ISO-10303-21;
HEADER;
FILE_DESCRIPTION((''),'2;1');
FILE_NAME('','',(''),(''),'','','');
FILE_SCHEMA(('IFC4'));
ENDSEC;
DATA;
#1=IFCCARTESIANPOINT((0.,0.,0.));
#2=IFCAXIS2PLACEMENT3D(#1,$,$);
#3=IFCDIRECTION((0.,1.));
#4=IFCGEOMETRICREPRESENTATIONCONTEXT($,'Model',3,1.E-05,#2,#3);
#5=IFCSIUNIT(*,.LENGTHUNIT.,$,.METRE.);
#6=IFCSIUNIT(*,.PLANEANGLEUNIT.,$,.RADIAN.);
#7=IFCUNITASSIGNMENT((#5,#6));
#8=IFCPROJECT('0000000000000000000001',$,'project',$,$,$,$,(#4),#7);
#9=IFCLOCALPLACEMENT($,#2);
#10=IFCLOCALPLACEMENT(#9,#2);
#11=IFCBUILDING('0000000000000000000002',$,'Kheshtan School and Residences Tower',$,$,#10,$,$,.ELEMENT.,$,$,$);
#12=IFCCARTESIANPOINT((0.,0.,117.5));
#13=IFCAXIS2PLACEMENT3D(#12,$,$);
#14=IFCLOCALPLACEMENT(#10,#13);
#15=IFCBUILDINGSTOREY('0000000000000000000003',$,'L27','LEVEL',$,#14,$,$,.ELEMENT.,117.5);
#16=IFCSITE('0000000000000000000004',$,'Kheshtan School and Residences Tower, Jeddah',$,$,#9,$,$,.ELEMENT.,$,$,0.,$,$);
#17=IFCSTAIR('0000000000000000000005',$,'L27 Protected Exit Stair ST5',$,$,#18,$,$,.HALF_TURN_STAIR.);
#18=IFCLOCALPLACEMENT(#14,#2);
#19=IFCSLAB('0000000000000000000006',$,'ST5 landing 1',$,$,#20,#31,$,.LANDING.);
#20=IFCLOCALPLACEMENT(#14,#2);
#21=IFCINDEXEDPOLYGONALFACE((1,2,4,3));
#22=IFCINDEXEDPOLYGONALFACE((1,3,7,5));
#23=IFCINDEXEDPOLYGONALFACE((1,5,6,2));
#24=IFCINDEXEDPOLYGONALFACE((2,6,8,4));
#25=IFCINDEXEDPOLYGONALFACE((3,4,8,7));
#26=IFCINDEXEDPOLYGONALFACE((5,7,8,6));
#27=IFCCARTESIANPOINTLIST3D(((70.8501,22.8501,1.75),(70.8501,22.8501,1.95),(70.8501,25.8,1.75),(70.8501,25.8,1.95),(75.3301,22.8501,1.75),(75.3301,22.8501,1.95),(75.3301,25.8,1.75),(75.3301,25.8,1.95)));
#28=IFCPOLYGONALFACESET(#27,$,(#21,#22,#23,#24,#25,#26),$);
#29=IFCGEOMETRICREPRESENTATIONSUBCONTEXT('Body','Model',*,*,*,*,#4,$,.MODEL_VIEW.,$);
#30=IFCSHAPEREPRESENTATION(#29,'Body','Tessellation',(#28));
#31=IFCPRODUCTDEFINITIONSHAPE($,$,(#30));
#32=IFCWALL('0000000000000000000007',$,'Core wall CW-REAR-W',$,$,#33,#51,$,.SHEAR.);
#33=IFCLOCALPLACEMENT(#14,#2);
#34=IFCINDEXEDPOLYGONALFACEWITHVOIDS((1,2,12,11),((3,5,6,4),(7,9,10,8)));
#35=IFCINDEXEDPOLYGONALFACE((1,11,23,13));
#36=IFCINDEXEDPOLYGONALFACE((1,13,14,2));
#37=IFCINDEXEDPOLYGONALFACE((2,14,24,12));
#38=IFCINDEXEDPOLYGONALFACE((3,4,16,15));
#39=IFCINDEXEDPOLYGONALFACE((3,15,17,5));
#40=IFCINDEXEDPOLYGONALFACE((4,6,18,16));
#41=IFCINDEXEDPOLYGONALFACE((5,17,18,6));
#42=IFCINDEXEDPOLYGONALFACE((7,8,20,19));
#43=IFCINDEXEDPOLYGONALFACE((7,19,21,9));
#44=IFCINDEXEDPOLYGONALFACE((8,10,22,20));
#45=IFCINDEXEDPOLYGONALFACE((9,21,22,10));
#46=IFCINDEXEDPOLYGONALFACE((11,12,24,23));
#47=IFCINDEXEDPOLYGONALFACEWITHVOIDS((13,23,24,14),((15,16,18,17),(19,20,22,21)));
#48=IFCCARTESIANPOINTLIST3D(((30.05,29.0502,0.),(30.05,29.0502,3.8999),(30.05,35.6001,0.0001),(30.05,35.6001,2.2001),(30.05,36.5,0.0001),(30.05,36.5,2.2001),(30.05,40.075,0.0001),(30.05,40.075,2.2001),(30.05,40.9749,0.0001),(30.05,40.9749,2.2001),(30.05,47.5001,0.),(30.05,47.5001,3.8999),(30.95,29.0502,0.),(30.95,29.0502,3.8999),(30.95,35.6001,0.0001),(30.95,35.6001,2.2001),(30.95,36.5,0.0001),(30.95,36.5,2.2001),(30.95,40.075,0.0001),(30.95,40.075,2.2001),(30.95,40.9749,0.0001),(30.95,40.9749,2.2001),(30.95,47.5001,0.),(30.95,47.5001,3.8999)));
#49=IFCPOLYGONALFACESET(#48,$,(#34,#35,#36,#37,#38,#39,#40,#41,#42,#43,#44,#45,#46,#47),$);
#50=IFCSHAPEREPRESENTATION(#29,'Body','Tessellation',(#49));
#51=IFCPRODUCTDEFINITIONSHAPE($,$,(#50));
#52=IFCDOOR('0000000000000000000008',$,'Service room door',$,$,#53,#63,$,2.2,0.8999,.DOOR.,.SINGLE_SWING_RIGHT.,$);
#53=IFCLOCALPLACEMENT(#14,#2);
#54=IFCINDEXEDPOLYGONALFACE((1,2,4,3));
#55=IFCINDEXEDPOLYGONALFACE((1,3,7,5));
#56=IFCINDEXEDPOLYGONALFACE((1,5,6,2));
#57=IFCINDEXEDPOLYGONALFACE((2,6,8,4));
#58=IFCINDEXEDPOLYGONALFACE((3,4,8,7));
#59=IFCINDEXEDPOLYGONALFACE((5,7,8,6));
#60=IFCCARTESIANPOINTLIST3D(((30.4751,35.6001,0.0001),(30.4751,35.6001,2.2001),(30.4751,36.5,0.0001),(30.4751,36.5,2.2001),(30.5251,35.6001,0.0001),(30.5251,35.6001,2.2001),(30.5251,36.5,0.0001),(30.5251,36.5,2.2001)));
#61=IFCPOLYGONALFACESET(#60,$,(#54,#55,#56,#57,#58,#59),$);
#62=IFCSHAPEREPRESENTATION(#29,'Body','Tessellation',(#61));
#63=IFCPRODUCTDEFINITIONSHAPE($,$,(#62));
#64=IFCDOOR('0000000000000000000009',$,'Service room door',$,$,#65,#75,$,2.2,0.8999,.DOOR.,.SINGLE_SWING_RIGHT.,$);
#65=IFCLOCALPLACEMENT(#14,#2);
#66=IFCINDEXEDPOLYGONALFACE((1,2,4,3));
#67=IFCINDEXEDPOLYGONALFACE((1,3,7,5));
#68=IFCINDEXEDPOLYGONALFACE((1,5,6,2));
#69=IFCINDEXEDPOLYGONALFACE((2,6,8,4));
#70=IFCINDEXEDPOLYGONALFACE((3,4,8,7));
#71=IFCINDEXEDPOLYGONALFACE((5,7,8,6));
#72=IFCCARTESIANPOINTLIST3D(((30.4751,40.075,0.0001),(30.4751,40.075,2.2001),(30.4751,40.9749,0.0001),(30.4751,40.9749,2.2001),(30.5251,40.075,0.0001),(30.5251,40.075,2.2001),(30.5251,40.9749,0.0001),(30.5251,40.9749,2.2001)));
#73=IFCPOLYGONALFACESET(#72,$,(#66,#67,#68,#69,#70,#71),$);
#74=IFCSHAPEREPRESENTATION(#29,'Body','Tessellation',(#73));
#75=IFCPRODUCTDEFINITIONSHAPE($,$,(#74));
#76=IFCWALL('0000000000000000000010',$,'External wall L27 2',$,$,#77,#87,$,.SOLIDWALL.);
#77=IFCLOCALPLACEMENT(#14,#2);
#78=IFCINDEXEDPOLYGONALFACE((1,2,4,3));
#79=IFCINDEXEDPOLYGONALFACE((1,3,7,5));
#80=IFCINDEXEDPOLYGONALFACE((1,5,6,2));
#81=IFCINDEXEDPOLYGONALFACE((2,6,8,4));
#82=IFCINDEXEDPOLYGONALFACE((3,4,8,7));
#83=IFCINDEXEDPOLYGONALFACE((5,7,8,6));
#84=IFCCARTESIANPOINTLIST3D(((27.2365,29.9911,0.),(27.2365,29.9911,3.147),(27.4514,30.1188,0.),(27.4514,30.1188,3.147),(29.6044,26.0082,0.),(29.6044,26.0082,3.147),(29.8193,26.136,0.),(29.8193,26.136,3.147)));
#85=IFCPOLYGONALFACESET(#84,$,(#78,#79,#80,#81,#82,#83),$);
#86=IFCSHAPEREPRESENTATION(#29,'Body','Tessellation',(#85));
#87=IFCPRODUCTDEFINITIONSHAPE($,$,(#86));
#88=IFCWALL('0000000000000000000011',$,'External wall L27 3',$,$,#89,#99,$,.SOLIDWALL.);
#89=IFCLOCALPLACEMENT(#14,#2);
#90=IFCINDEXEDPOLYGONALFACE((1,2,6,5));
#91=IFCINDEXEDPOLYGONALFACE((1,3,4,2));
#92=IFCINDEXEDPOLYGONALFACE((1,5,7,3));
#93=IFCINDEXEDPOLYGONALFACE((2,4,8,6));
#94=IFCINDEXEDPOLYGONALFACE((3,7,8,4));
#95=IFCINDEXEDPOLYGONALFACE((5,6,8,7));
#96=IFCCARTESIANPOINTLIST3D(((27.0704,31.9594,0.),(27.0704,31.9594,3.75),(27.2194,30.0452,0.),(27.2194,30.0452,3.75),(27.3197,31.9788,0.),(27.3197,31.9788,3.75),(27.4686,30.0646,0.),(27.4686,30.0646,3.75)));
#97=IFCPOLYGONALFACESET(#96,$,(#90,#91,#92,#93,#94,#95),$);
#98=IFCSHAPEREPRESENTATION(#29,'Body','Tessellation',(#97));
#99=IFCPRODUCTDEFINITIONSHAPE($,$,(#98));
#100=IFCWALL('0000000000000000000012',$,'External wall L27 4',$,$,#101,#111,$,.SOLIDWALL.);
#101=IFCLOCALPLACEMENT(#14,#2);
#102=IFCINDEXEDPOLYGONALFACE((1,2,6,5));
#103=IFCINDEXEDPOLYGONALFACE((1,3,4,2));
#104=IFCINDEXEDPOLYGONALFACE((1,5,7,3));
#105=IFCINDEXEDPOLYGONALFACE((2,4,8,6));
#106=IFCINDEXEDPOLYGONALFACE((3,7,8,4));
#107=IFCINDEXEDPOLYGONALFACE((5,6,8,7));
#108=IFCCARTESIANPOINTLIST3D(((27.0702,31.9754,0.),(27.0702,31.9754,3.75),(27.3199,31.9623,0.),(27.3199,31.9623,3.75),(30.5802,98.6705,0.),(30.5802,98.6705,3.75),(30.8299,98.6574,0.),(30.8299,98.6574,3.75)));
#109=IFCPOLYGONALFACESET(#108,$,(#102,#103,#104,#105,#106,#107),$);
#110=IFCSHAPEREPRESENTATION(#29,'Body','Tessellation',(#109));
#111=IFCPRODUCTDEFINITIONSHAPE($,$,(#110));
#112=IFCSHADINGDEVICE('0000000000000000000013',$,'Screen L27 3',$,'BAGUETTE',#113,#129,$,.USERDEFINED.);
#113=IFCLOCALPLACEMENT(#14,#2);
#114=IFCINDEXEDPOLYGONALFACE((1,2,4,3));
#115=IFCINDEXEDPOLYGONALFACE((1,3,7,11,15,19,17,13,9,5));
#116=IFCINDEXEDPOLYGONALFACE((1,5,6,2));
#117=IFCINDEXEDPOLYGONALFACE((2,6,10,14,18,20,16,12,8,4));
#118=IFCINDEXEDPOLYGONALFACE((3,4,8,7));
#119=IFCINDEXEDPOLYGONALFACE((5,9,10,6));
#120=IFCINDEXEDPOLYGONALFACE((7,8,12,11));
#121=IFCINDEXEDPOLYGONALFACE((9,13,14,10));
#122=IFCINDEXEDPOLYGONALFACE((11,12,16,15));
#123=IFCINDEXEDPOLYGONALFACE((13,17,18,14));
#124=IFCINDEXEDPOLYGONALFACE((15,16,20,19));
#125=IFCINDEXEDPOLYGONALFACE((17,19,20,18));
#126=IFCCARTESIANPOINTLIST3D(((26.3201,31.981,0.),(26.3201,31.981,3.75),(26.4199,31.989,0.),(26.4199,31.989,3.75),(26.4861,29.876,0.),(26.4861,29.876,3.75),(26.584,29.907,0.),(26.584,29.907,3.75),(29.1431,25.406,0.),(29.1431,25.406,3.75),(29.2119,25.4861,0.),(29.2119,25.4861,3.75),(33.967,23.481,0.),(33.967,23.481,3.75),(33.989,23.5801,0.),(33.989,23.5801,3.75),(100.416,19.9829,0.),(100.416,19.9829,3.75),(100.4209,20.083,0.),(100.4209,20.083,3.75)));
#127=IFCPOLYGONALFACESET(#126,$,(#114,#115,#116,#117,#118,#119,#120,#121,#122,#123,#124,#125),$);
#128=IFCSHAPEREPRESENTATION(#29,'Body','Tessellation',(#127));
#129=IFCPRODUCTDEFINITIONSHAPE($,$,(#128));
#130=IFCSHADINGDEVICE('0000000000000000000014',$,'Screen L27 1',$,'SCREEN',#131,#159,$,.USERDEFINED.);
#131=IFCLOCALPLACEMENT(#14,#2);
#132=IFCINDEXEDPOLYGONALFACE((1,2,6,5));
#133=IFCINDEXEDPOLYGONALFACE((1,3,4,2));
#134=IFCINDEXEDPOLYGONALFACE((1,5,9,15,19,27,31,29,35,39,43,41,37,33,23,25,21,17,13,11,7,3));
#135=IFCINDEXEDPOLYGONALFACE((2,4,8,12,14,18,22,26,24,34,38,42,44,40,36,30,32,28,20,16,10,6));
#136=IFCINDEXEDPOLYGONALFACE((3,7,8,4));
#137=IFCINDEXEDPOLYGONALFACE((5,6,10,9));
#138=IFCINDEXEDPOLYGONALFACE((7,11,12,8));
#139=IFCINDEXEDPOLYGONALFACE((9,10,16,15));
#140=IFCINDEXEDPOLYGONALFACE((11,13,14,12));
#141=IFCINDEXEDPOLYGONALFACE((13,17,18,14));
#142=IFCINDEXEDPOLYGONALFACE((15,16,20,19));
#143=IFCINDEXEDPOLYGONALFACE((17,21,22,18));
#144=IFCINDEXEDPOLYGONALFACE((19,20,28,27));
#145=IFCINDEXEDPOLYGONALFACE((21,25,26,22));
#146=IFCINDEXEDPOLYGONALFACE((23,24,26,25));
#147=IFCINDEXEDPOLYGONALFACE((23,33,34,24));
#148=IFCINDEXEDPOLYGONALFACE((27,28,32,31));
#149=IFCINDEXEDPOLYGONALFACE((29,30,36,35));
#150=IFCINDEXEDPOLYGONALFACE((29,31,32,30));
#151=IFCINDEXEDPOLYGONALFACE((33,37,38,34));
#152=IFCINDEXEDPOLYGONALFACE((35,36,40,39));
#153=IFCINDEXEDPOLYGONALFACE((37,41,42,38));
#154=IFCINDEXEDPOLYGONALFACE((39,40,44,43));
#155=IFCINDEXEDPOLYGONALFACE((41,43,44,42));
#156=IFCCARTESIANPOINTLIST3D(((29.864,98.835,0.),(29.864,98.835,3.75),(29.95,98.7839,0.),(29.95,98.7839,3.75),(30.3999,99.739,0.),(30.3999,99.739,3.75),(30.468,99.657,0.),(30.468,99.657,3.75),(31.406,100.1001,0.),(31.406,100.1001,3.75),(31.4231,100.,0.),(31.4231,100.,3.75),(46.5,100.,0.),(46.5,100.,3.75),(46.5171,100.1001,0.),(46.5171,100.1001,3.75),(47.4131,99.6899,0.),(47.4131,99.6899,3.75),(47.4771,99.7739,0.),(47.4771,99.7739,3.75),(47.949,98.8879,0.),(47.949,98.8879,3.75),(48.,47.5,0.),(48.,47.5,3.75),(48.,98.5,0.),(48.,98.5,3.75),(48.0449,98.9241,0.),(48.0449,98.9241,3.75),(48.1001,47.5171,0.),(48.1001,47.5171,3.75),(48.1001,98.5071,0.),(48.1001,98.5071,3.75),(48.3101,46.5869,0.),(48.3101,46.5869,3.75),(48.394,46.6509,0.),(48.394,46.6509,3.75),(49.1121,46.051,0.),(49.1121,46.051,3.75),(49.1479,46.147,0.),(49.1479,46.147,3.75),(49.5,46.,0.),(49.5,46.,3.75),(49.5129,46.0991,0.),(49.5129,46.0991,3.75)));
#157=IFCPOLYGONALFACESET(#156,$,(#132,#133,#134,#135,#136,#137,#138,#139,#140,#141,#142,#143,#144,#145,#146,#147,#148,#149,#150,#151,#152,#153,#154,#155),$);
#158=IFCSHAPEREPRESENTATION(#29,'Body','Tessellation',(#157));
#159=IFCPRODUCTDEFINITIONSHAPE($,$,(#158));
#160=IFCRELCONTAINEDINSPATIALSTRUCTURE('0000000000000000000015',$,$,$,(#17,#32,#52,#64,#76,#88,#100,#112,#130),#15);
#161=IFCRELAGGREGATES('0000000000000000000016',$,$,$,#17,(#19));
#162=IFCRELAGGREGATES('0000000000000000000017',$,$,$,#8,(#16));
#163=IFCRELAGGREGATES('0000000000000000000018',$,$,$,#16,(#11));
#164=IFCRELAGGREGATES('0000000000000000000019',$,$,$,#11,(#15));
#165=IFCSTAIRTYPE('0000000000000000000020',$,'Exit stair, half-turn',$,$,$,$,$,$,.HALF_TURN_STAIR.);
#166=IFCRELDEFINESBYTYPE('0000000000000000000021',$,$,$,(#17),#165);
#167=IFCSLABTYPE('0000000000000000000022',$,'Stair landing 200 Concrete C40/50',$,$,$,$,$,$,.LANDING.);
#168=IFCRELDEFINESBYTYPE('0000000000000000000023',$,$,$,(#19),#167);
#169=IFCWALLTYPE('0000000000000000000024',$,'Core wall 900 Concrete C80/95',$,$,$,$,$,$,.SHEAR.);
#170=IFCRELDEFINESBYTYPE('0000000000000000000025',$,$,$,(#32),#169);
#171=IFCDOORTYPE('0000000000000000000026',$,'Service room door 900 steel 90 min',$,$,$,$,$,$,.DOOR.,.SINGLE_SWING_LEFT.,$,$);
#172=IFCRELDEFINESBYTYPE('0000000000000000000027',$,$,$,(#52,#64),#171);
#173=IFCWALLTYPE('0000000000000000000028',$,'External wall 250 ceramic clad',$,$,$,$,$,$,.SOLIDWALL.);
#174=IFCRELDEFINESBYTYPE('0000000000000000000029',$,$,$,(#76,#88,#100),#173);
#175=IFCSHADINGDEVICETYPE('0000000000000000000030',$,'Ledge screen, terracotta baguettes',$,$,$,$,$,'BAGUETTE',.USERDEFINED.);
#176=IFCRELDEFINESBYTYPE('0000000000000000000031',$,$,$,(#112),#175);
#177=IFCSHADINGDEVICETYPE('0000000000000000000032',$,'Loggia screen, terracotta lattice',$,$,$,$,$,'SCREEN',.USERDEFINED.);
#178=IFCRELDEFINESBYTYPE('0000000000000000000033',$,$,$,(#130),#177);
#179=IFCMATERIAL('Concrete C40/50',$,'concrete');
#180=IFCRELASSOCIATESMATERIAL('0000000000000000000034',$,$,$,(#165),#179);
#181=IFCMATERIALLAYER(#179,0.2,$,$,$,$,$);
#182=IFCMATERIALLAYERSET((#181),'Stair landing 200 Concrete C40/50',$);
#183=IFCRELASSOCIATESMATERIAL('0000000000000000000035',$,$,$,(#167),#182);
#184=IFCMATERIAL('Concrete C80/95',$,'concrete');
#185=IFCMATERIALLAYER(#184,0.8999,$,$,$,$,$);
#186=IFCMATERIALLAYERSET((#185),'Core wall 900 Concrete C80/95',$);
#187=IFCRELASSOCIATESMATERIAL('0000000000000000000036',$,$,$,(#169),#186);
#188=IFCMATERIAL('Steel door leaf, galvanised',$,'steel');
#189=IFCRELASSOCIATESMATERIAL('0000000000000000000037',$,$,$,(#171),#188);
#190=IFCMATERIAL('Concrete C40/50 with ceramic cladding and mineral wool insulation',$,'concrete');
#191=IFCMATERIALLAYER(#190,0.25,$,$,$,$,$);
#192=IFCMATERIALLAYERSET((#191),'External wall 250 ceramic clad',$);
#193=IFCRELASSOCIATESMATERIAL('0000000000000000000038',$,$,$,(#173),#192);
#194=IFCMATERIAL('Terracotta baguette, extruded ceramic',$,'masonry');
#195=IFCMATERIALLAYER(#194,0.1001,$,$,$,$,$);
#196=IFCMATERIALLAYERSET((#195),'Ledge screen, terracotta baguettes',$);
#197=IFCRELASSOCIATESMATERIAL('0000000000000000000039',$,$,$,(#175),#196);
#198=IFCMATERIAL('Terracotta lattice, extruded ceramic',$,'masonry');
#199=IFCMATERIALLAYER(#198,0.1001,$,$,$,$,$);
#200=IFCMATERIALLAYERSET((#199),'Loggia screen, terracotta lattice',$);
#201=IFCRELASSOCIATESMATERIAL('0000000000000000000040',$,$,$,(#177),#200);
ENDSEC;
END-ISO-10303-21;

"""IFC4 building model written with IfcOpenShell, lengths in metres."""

from ifc_helpers import new_model, si_unit, direction, frame, frame_2d, origin, place, context, subcontext, project, spatial, polyline, rectangle, outline, extrude, source, transform, mapped, material, layer, layer_set, type_object, element, fill, aggregate, save


model = new_model("IFC4")

# Units and contexts
model_context = context("Model", 3, precision=1e-05, world=origin(), true_north=direction((0.0, 1.0)))
body_context = subcontext(model_context, "Body", "Model", "MODEL_VIEW")
ifc_project = project(units=[si_unit("LENGTHUNIT", "METRE"), si_unit("PLANEANGLEUNIT", "RADIAN")], contexts=[model_context])

# Site, building, storey
site_placement = place(None, origin())
site = spatial("IfcSite", under=ifc_project, at=site_placement, Name="Kheshtan School and Residences Tower, Jeddah", CompositionType="ELEMENT", RefElevation=0.0)
building_placement = place(site_placement, origin())
building = spatial("IfcBuilding", under=site, at=building_placement, Name="Kheshtan School and Residences Tower", CompositionType="ELEMENT")
storey_placement = place(building_placement, frame((0.0, 0.0, 117.5)))
storey = spatial("IfcBuildingStorey", under=building, at=storey_placement, Name="L27", Description="LEVEL", CompositionType="ELEMENT", Elevation=117.5)

# Shared definitions
ifc_material_1 = material(Name="Concrete C40/50", Category="concrete")

# Stair, slab
stair_type = type_object("IfcStairType", Name="Exit stair, half-turn", PredefinedType="HALF_TURN_STAIR", material=ifc_material_1)
ifc_layer_1 = layer(ifc_material_1, 0.2)
ifc_layer_set_1 = layer_set([ifc_layer_1], Name="Stair landing 200 Concrete C40/50")
slab_type_1 = type_object("IfcSlabType", Name="Stair landing 200 Concrete C40/50", PredefinedType="LANDING", material=ifc_layer_set_1)
stair_1_placement = place(storey_placement, origin())
stair_1 = element("IfcStair", 1, at=stair_1_placement, inside=storey, type_object=stair_type, Name="L27 Protected Exit Stair ST5", PredefinedType="HALF_TURN_STAIR")
slab_1_placement = place(storey_placement, frame((0.0, 0.0, 1.75)))
slab_1 = element("IfcSlab", 2, at=slab_1_placement, type_object=slab_type_1, Name="ST5 landing 1", PredefinedType="LANDING", context=body_context, shape_type="SweptSolid", body=[
    extrude(outline(polyline([(75.3301, 25.8), (70.8501, 25.8), (70.8501, 22.8501), (75.3301, 22.8501), (75.3301, 25.8)])), origin(), (0.0, 0.0, 1.0), 0.2),
])
aggregate(stair_1, [slab_1])

# Wall, openings, doors
ifc_material_2 = material(Name="Concrete C80/95", Category="concrete")
ifc_layer_2 = layer(ifc_material_2, 0.8999)
ifc_layer_set_2 = layer_set([ifc_layer_2], Name="Core wall 900 Concrete C80/95")
wall_type_1 = type_object("IfcWallType", Name="Core wall 900 Concrete C80/95", PredefinedType="SHEAR", material=ifc_layer_set_2)
wall_1_placement = place(storey_placement, frame((30.5, 29.05, 0.0), z_axis=(0.0, 0.0, 1.0), x_axis=(0.0, 1.0, 0.0)))
wall_1 = element("IfcWall", 3, at=wall_1_placement, inside=storey, type_object=wall_type_1, Name="Core wall CW-REAR-W", PredefinedType="SHEAR", context=body_context, shape_type="SweptSolid", body=[
    extrude(rectangle(XDim=18.45, YDim=0.8999, at=frame_2d((9.2251, 0.0))), origin(), (0.0, 0.0, 1.0), 3.8999),
])
opening_1_placement = place(wall_1_placement, frame((6.55, 0.0, 0.0)))
opening_1 = element("IfcOpeningElement", 4, at=opening_1_placement, cuts=wall_1, PredefinedType="OPENING", context=body_context, shape_type="SweptSolid", body=[
    extrude(rectangle(XDim=0.8999, YDim=2.2, at=frame_2d((0.45, 1.1001))), frame((0.0, 0.46, 0.0), z_axis=(0.0, -1.0, 0.0), x_axis=(1.0, 0.0, 0.0)), (0.0, 0.0, 1.0), 0.9199),
])
opening_2_placement = place(wall_1_placement, frame((11.0249, 0.0, 0.0)))
opening_2 = element("IfcOpeningElement", 5, at=opening_2_placement, cuts=wall_1, PredefinedType="OPENING", context=body_context, shape_type="SweptSolid", body=[
    extrude(rectangle(XDim=0.8999, YDim=2.2, at=frame_2d((0.45, 1.1001))), frame((0.0, 0.46, 0.0), z_axis=(0.0, -1.0, 0.0), x_axis=(1.0, 0.0, 0.0)), (0.0, 0.0, 1.0), 0.9199),
])
ifc_material_3 = material(Name="Steel door leaf, galvanised", Category="steel")
door_type = type_object("IfcDoorType", Name="Service room door 900 steel 90 min", OperationType="SINGLE_SWING_LEFT", PredefinedType="DOOR", material=ifc_material_3)
shared_shape = source(origin(), body_context, "Body", "SweptSolid", [
    extrude(rectangle(XDim=0.8999, YDim=2.2, at=frame_2d((0.45, 1.1001))), frame((0.0, 0.0249, 0.0), z_axis=(0.0, -1.0, 0.0), x_axis=(1.0, 0.0, 0.0)), (0.0, 0.0, 1.0), 0.05),
])
door_1_placement = place(opening_1_placement, origin())
door_1 = element("IfcDoor", 6, at=door_1_placement, inside=storey, type_object=door_type, Name="Service room door", OperationType="SINGLE_SWING_RIGHT", OverallHeight=2.2, OverallWidth=0.8999, PredefinedType="DOOR", context=body_context, shape_type="MappedRepresentation", body=[
    mapped(shared_shape, transform((0.0, 0.0, 0.0), x_axis=(1.0, 0.0, 0.0), y_axis=(0.0, 1.0, 0.0), z_axis=(0.0, 0.0, 1.0), scale=1.0)),
])
fill(opening_1, door_1)
door_2_placement = place(opening_2_placement, origin())
door_2 = element("IfcDoor", 7, at=door_2_placement, inside=storey, type_object=door_type, Name="Service room door", OperationType="SINGLE_SWING_RIGHT", OverallHeight=2.2, OverallWidth=0.8999, PredefinedType="DOOR", context=body_context, shape_type="MappedRepresentation", body=[
    mapped(shared_shape, transform((0.0, 0.0, 0.0), x_axis=(1.0, 0.0, 0.0), y_axis=(0.0, 1.0, 0.0), z_axis=(0.0, 0.0, 1.0), scale=1.0)),
])
fill(opening_2, door_2)

# Walls
ifc_material_4 = material(Name="Concrete C40/50 with ceramic cladding and mineral wool insulation", Category="concrete")
ifc_layer_3 = layer(ifc_material_4, 0.25)
ifc_layer_set_3 = layer_set([ifc_layer_3], Name="External wall 250 ceramic clad")
wall_type_2 = type_object("IfcWallType", Name="External wall 250 ceramic clad", PredefinedType="SOLIDWALL", material=ifc_layer_set_3)
wall_2_placement = place(storey_placement, frame((29.7119, 26.072, 0.0), z_axis=(0.0, 0.0, 1.0), x_axis=(-0.511028, 0.859564, 0.0)))
element("IfcWall", 8, at=wall_2_placement, inside=storey, type_object=wall_type_2, Name="External wall L27 2", PredefinedType="SOLIDWALL", context=body_context, shape_type="SweptSolid", body=[
    extrude(rectangle(XDim=4.6335, YDim=0.25, at=frame_2d((2.3169, 0.0))), origin(), (0.0, 0.0, 1.0), 3.147),
])
wall_3_placement = place(storey_placement, frame((27.344, 30.0549, 0.0), z_axis=(0.0, 0.0, 1.0), x_axis=(-0.077572, 0.996987, 0.0)))
element("IfcWall", 9, at=wall_3_placement, inside=storey, type_object=wall_type_2, Name="External wall L27 3", PredefinedType="SOLIDWALL", context=body_context, shape_type="SweptSolid", body=[
    extrude(rectangle(XDim=1.9199, YDim=0.25, at=frame_2d((0.96, 0.0))), origin(), (0.0, 0.0, 1.0), 3.75),
])
wall_4_placement = place(storey_placement, frame((27.1951, 31.969, 0.0), z_axis=(0.0, 0.0, 1.0), x_axis=(0.052555, 0.998618, 0.0)))
element("IfcWall", 10, at=wall_4_placement, inside=storey, type_object=wall_type_2, Name="External wall L27 4", PredefinedType="SOLIDWALL", context=body_context, shape_type="SweptSolid", body=[
    extrude(rectangle(XDim=66.7874, YDim=0.25, at=frame_2d((33.3936, 0.0))), origin(), (0.0, 0.0, 1.0), 3.75),
])

# Shading devices
ifc_material_5 = material(Name="Terracotta baguette, extruded ceramic", Category="masonry")
ifc_layer_4 = layer(ifc_material_5, 0.1001)
ifc_layer_set_4 = layer_set([ifc_layer_4], Name="Ledge screen, terracotta baguettes")
shading_device_type_1 = type_object("IfcShadingDeviceType", Name="Ledge screen, terracotta baguettes", ElementType="BAGUETTE", PredefinedType="USERDEFINED", material=ifc_layer_set_4)
shading_device_1_placement = place(storey_placement, origin())
element("IfcShadingDevice", 11, at=shading_device_1_placement, inside=storey, type_object=shading_device_type_1, Name="Screen L27 3", ObjectType="BAGUETTE", PredefinedType="USERDEFINED", context=body_context, shape_type="SweptSolid", body=[
    extrude(outline(polyline([(100.4209, 20.083), (33.989, 23.5801), (29.2119, 25.4861), (26.584, 29.907), (26.4199, 31.989), (26.3201, 31.981), (26.4861, 29.876), (29.1431, 25.406), (33.967, 23.481), (100.416, 19.9829), (100.4209, 20.083)])), origin(), (0.0, 0.0, 1.0), 3.75),
])
ifc_material_6 = material(Name="Terracotta lattice, extruded ceramic", Category="masonry")
ifc_layer_5 = layer(ifc_material_6, 0.1001)
ifc_layer_set_5 = layer_set([ifc_layer_5], Name="Loggia screen, terracotta lattice")
shading_device_type_2 = type_object("IfcShadingDeviceType", Name="Loggia screen, terracotta lattice", ElementType="SCREEN", PredefinedType="USERDEFINED", material=ifc_layer_set_5)
shading_device_2_placement = place(storey_placement, origin())
element("IfcShadingDevice", 12, at=shading_device_2_placement, inside=storey, type_object=shading_device_type_2, Name="Screen L27 1", ObjectType="SCREEN", PredefinedType="USERDEFINED", context=body_context, shape_type="SweptSolid", body=[
    extrude(outline(polyline([(29.95, 98.7839), (30.468, 99.657), (31.4231, 100.0), (46.5, 100.0), (47.4131, 99.6899), (47.949, 98.8879), (48.0, 98.5), (48.0, 47.5), (48.3101, 46.5869), (49.1121, 46.051), (49.5, 46.0), (49.5129, 46.0991), (49.1479, 46.147), (48.394, 46.6509), (48.1001, 47.5171), (48.1001, 98.5071), (48.0449, 98.9241), (47.4771, 99.7739), (46.5171, 100.1001), (31.406, 100.1001), (30.3999, 99.739), (29.864, 98.835), (29.95, 98.7839)])), origin(), (0.0, 0.0, 1.0), 3.75),
])

save(model, "model.ifc")
